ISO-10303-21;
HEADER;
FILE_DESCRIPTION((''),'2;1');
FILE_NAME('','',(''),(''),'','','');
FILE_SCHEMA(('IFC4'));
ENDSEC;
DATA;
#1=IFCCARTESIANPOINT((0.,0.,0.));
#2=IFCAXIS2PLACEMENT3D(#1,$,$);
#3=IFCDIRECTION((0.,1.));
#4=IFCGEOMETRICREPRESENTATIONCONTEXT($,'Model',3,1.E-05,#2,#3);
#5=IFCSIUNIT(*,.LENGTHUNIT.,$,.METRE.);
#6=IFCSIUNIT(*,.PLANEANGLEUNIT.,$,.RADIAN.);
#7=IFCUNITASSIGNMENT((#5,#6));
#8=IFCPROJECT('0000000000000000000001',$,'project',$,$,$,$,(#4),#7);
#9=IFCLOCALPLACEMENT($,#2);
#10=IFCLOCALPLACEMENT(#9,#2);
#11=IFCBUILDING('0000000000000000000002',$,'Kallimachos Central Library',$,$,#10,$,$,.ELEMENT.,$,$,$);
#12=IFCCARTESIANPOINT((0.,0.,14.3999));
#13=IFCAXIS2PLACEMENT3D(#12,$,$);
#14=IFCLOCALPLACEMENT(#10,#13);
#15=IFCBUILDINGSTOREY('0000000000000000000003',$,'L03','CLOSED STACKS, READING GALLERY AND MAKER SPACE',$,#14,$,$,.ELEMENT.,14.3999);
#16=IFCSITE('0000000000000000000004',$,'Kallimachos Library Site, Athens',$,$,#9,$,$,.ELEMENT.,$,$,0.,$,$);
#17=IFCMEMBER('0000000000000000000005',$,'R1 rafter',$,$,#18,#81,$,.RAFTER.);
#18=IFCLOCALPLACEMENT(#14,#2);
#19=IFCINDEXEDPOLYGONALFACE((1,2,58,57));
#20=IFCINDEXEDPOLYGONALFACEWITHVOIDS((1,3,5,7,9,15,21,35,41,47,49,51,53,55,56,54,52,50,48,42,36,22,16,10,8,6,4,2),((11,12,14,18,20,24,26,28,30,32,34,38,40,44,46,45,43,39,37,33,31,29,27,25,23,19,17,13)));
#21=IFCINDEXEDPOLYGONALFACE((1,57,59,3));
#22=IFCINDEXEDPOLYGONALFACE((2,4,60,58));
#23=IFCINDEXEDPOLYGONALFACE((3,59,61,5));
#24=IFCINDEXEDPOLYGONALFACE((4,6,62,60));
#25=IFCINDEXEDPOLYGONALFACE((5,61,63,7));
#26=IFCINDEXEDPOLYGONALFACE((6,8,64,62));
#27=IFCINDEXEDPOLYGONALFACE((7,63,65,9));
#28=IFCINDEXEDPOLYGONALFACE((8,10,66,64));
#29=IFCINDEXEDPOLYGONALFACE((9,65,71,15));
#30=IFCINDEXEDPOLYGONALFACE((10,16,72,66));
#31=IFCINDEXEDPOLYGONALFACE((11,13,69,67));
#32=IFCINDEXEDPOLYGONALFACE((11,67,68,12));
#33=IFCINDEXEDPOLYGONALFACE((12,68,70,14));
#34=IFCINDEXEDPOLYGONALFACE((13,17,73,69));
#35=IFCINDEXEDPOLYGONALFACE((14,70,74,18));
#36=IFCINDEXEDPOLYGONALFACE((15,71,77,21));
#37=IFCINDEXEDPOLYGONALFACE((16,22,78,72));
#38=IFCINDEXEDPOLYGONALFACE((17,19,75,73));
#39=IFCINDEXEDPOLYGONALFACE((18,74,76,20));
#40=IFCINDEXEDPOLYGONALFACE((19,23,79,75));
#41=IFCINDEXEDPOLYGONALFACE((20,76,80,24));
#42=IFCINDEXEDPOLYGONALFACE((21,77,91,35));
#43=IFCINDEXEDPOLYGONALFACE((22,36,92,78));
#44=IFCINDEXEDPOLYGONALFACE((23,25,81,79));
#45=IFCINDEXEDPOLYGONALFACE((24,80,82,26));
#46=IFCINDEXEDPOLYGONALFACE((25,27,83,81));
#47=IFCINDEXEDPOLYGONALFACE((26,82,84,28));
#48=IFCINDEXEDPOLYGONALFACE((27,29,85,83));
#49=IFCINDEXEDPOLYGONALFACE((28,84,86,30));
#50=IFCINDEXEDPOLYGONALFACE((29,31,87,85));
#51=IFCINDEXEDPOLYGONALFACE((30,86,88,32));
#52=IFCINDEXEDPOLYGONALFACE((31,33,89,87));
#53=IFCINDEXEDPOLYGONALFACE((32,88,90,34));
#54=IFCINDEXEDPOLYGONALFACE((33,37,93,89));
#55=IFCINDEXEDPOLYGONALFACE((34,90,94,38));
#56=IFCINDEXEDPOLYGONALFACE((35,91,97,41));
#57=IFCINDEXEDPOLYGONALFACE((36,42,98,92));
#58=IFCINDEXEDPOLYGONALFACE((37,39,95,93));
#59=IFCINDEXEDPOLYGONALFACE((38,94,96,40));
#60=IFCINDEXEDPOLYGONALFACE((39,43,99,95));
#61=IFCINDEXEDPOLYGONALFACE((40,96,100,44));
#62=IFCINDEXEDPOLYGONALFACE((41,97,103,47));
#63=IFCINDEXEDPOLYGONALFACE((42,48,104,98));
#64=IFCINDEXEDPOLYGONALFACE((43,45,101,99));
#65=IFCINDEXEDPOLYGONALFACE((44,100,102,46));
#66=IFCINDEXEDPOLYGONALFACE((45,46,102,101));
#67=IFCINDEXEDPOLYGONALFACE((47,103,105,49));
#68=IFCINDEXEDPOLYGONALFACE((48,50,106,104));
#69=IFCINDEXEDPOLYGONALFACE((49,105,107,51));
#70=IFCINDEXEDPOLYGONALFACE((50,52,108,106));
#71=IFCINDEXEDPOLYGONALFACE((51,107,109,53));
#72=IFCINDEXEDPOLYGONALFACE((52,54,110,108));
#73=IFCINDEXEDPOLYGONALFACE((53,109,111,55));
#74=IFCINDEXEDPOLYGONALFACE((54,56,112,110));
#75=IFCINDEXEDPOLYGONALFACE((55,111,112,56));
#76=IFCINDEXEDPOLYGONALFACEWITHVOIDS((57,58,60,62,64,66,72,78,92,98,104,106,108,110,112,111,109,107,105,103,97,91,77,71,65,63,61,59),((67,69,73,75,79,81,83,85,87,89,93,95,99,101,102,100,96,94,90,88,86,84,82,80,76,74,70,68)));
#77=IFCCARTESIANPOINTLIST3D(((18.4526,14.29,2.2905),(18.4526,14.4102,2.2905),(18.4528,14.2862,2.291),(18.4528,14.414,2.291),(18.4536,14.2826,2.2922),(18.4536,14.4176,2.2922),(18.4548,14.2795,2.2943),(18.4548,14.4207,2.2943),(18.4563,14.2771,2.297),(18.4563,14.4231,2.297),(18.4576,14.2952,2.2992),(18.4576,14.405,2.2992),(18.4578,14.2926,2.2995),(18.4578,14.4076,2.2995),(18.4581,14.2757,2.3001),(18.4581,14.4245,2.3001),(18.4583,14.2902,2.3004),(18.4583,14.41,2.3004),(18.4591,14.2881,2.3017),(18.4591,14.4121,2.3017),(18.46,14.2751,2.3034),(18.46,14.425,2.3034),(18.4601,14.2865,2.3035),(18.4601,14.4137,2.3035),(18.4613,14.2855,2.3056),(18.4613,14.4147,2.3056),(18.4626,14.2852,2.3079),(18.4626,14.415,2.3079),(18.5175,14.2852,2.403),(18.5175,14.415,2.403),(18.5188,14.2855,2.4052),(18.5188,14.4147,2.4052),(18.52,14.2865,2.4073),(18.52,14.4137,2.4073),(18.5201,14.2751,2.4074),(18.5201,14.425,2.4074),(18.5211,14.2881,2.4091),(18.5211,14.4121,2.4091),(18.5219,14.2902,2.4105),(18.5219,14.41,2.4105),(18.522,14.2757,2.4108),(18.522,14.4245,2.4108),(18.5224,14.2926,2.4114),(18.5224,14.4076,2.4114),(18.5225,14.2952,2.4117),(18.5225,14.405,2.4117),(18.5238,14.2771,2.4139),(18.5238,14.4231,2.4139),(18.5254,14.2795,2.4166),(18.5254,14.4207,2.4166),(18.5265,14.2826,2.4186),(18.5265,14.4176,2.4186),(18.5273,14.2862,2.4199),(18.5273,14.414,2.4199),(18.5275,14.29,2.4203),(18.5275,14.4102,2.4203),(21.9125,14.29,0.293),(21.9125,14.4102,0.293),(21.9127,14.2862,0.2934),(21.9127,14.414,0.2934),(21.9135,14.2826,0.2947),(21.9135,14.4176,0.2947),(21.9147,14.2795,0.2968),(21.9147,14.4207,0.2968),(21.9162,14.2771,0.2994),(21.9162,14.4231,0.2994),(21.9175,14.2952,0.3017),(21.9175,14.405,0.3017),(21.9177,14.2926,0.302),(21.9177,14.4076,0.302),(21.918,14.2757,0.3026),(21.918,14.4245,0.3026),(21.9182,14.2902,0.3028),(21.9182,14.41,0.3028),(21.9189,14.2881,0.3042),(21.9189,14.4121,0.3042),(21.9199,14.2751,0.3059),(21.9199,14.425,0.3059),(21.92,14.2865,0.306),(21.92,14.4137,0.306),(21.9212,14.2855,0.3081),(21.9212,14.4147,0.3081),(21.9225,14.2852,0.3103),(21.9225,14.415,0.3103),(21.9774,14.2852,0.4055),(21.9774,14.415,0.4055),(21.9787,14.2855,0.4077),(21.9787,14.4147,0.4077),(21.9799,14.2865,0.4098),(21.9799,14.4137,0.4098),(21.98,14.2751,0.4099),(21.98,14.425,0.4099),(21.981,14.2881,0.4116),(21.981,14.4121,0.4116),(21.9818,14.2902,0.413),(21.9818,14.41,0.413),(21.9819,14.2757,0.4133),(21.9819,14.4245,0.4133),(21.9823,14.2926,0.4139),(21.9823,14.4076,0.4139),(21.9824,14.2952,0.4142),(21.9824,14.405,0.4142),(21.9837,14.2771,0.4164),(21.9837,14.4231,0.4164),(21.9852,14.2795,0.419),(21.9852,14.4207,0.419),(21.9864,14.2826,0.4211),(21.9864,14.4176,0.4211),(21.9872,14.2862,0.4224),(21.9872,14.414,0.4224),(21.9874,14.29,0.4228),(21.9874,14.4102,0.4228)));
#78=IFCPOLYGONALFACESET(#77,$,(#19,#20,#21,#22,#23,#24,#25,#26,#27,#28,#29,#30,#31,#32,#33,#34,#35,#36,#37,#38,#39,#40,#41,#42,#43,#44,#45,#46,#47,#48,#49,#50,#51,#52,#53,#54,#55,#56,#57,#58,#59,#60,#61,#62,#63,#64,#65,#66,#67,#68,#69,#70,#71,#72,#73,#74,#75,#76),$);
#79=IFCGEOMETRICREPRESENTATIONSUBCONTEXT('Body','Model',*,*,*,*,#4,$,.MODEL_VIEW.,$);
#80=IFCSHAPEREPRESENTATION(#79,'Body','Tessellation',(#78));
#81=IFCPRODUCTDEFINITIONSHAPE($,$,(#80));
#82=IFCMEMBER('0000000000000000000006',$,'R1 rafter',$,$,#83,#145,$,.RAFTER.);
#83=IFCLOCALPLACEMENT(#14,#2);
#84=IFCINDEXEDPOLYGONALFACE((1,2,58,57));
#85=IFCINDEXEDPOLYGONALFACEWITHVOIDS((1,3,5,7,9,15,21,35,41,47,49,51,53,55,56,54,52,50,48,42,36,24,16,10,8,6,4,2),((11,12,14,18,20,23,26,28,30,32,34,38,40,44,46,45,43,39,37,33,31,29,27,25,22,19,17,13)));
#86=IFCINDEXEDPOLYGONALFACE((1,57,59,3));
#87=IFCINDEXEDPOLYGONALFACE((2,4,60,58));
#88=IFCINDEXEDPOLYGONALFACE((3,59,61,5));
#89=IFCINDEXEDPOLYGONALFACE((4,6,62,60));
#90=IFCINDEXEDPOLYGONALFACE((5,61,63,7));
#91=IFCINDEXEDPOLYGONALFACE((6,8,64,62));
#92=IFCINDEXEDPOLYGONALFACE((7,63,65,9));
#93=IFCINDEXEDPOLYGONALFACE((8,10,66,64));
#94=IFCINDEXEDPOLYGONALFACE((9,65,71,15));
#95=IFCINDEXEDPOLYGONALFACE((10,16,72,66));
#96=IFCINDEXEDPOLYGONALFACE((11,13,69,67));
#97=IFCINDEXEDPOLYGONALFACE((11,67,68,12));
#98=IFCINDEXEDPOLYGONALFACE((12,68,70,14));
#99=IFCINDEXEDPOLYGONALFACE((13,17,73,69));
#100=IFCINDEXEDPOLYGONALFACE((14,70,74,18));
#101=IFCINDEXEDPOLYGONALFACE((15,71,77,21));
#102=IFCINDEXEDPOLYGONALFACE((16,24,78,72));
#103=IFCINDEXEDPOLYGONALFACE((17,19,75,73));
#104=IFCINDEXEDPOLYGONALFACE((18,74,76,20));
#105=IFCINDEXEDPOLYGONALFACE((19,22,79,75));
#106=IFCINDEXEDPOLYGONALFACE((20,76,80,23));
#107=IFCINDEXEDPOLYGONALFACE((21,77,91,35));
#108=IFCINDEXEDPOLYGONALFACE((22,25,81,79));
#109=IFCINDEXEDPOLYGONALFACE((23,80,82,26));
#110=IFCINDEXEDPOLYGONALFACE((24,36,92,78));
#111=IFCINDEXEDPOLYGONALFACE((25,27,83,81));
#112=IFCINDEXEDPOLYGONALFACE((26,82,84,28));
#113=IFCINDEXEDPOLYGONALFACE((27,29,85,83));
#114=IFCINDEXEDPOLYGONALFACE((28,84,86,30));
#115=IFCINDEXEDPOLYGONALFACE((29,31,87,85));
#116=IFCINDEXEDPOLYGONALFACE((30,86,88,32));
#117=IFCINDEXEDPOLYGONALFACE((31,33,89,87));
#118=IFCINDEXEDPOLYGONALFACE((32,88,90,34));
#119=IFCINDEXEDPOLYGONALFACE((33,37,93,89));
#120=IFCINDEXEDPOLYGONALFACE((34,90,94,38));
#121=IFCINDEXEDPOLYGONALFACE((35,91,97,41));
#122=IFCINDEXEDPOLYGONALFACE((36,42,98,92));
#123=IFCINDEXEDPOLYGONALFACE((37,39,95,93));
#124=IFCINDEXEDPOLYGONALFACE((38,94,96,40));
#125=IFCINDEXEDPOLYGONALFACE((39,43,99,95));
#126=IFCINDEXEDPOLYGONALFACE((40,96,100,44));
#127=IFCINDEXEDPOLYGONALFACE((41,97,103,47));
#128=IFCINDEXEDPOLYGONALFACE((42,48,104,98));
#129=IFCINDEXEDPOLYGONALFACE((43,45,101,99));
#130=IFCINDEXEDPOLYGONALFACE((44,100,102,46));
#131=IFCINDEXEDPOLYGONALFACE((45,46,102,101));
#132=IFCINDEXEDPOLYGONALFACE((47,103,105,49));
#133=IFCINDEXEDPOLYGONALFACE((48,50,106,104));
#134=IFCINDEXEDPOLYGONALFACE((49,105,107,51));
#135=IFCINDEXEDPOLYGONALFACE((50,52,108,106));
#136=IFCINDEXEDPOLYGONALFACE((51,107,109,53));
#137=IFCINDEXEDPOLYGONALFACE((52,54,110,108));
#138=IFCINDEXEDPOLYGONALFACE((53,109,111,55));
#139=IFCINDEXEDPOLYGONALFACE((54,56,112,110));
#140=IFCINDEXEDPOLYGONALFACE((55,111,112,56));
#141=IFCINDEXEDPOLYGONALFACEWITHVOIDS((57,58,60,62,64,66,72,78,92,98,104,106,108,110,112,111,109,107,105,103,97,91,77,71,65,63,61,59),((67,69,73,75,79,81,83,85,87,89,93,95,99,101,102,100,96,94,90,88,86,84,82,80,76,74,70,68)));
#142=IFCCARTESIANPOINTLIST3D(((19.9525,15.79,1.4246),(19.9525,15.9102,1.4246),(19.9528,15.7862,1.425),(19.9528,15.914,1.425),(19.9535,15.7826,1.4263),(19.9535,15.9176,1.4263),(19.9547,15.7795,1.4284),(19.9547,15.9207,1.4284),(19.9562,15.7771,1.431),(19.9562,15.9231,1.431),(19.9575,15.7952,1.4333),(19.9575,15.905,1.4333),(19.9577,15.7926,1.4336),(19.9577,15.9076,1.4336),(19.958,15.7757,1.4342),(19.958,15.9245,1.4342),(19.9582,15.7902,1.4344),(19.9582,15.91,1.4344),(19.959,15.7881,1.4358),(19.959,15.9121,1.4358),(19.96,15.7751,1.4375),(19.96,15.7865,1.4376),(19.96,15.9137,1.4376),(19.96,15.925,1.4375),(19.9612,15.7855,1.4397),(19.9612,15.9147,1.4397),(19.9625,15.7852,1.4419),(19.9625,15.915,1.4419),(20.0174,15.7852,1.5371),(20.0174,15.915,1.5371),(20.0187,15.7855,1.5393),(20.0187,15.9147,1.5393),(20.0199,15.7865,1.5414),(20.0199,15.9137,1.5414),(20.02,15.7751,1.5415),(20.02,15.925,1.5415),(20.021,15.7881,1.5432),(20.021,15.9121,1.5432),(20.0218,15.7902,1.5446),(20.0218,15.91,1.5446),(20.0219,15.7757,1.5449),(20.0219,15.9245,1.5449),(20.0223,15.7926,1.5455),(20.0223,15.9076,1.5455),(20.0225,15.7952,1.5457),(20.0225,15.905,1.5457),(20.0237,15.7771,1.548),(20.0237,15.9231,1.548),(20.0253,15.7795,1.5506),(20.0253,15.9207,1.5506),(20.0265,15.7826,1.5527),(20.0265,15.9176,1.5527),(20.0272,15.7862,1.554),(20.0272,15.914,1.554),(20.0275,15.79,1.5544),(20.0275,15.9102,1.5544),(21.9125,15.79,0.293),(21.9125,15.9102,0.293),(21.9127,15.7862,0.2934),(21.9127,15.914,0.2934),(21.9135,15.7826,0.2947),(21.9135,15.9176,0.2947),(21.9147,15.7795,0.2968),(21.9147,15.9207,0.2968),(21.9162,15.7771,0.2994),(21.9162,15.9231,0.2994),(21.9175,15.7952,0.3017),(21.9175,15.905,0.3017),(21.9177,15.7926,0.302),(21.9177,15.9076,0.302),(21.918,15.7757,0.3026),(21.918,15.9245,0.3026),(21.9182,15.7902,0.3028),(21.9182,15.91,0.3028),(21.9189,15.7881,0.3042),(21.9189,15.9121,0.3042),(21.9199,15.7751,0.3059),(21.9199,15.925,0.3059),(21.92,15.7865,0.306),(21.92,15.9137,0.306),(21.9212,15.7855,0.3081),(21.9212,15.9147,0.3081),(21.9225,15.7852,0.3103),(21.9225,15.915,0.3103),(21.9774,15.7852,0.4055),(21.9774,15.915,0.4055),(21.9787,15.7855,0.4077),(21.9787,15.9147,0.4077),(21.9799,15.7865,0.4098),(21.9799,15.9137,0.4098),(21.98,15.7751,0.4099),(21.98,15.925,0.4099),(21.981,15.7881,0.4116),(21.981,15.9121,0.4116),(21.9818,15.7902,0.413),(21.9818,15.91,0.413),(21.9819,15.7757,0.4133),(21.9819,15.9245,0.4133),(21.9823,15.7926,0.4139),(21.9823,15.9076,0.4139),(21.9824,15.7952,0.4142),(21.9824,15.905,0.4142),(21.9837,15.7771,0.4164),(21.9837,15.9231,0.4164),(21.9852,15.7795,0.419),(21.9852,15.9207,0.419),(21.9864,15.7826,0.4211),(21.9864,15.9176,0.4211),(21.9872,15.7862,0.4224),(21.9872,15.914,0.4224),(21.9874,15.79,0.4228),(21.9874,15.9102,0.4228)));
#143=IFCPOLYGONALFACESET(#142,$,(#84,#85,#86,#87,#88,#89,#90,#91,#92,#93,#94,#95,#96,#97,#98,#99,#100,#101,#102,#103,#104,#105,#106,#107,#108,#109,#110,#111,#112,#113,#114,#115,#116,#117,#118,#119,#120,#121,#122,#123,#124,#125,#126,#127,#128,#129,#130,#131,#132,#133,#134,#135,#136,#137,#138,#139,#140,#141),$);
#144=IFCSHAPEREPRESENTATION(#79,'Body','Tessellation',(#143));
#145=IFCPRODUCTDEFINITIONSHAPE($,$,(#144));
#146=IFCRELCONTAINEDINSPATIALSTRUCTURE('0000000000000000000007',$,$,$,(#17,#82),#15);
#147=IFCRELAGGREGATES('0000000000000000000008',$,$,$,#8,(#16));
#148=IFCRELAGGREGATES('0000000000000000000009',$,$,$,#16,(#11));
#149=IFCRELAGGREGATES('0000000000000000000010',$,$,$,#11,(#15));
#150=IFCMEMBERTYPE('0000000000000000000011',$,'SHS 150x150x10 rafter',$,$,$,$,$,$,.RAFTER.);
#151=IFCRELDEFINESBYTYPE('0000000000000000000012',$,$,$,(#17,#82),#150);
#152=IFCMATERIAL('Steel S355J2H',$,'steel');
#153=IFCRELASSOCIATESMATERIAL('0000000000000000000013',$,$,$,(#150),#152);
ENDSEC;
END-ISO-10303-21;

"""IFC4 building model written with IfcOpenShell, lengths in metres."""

from ifc_helpers import new_model, si_unit, direction, frame, origin, origin_2d, place, context, subcontext, project, spatial, hollow_rectangle, extrude, material, material_profile, profile_set, type_object, element, save


model = new_model("IFC4")

# Units and contexts
model_context = context("Model", 3, precision=1e-05, world=origin(), true_north=direction((0.0, 1.0)))
body_context = subcontext(model_context, "Body", "Model", "MODEL_VIEW")
ifc_project = project(units=[si_unit("LENGTHUNIT", "METRE"), si_unit("PLANEANGLEUNIT", "RADIAN")], contexts=[model_context])

# Site, building, storey
site_placement = place(None, origin())
site = spatial("IfcSite", under=ifc_project, at=site_placement, Name="Kallimachos Library Site, Athens", CompositionType="ELEMENT", RefElevation=0.0)
building_placement = place(site_placement, origin())
building = spatial("IfcBuilding", under=site, at=building_placement, Name="Kallimachos Central Library", CompositionType="ELEMENT")
storey_placement = place(building_placement, frame((0.0, 0.0, 14.3999)))
storey = spatial("IfcBuildingStorey", under=building, at=storey_placement, Name="L03", Description="CLOSED STACKS, READING GALLERY AND MAKER SPACE", CompositionType="ELEMENT", Elevation=14.3999)

# Members
ifc_material_1 = material(Name="Steel S355J2H", Category="steel")
ifc_material_profile_1 = material_profile(ifc_material_1, hollow_rectangle(XDim=0.1499, YDim=0.1499, WallThickness=0.01, InnerFilletRadius=0.01, OuterFilletRadius=0.0149, at=origin_2d()), Name="SHS 150x150x10")
ifc_profile_set_1 = profile_set([ifc_material_profile_1], Name="Steel S355J2H")
member_type_1 = type_object("IfcMemberType", Name="SHS 150x150x10 rafter", PredefinedType="RAFTER", material=ifc_profile_set_1)
member_1_placement = place(storey_placement, frame((21.95, 14.3501, 0.3579), z_axis=(-0.866031, 0.0, 0.49999), x_axis=(0.0, -1.0, 0.0)))
element("IfcMember", 1, at=member_1_placement, inside=storey, type_object=member_type_1, Name="R1 rafter", PredefinedType="RAFTER", context=body_context, shape_type="SweptSolid", body=[
    extrude(hollow_rectangle(XDim=0.1499, YDim=0.1499, WallThickness=0.01, InnerFilletRadius=0.01, OuterFilletRadius=0.0149, at=origin_2d()), origin(), (0.0, 0.0, 1.0), 3.9951),
])
member_2_placement = place(storey_placement, frame((21.95, 15.8501, 0.3579), z_axis=(-0.866024, 0.0, 0.500003), x_axis=(0.0, -1.0, 0.0)))
element("IfcMember", 2, at=member_2_placement, inside=storey, type_object=member_type_1, Name="R1 rafter", PredefinedType="RAFTER", context=body_context, shape_type="SweptSolid", body=[
    extrude(hollow_rectangle(XDim=0.1499, YDim=0.1499, WallThickness=0.01, InnerFilletRadius=0.01, OuterFilletRadius=0.0149, at=origin_2d()), origin(), (0.0, 0.0, 1.0), 2.2632),
])

save(model, "model.ifc")
